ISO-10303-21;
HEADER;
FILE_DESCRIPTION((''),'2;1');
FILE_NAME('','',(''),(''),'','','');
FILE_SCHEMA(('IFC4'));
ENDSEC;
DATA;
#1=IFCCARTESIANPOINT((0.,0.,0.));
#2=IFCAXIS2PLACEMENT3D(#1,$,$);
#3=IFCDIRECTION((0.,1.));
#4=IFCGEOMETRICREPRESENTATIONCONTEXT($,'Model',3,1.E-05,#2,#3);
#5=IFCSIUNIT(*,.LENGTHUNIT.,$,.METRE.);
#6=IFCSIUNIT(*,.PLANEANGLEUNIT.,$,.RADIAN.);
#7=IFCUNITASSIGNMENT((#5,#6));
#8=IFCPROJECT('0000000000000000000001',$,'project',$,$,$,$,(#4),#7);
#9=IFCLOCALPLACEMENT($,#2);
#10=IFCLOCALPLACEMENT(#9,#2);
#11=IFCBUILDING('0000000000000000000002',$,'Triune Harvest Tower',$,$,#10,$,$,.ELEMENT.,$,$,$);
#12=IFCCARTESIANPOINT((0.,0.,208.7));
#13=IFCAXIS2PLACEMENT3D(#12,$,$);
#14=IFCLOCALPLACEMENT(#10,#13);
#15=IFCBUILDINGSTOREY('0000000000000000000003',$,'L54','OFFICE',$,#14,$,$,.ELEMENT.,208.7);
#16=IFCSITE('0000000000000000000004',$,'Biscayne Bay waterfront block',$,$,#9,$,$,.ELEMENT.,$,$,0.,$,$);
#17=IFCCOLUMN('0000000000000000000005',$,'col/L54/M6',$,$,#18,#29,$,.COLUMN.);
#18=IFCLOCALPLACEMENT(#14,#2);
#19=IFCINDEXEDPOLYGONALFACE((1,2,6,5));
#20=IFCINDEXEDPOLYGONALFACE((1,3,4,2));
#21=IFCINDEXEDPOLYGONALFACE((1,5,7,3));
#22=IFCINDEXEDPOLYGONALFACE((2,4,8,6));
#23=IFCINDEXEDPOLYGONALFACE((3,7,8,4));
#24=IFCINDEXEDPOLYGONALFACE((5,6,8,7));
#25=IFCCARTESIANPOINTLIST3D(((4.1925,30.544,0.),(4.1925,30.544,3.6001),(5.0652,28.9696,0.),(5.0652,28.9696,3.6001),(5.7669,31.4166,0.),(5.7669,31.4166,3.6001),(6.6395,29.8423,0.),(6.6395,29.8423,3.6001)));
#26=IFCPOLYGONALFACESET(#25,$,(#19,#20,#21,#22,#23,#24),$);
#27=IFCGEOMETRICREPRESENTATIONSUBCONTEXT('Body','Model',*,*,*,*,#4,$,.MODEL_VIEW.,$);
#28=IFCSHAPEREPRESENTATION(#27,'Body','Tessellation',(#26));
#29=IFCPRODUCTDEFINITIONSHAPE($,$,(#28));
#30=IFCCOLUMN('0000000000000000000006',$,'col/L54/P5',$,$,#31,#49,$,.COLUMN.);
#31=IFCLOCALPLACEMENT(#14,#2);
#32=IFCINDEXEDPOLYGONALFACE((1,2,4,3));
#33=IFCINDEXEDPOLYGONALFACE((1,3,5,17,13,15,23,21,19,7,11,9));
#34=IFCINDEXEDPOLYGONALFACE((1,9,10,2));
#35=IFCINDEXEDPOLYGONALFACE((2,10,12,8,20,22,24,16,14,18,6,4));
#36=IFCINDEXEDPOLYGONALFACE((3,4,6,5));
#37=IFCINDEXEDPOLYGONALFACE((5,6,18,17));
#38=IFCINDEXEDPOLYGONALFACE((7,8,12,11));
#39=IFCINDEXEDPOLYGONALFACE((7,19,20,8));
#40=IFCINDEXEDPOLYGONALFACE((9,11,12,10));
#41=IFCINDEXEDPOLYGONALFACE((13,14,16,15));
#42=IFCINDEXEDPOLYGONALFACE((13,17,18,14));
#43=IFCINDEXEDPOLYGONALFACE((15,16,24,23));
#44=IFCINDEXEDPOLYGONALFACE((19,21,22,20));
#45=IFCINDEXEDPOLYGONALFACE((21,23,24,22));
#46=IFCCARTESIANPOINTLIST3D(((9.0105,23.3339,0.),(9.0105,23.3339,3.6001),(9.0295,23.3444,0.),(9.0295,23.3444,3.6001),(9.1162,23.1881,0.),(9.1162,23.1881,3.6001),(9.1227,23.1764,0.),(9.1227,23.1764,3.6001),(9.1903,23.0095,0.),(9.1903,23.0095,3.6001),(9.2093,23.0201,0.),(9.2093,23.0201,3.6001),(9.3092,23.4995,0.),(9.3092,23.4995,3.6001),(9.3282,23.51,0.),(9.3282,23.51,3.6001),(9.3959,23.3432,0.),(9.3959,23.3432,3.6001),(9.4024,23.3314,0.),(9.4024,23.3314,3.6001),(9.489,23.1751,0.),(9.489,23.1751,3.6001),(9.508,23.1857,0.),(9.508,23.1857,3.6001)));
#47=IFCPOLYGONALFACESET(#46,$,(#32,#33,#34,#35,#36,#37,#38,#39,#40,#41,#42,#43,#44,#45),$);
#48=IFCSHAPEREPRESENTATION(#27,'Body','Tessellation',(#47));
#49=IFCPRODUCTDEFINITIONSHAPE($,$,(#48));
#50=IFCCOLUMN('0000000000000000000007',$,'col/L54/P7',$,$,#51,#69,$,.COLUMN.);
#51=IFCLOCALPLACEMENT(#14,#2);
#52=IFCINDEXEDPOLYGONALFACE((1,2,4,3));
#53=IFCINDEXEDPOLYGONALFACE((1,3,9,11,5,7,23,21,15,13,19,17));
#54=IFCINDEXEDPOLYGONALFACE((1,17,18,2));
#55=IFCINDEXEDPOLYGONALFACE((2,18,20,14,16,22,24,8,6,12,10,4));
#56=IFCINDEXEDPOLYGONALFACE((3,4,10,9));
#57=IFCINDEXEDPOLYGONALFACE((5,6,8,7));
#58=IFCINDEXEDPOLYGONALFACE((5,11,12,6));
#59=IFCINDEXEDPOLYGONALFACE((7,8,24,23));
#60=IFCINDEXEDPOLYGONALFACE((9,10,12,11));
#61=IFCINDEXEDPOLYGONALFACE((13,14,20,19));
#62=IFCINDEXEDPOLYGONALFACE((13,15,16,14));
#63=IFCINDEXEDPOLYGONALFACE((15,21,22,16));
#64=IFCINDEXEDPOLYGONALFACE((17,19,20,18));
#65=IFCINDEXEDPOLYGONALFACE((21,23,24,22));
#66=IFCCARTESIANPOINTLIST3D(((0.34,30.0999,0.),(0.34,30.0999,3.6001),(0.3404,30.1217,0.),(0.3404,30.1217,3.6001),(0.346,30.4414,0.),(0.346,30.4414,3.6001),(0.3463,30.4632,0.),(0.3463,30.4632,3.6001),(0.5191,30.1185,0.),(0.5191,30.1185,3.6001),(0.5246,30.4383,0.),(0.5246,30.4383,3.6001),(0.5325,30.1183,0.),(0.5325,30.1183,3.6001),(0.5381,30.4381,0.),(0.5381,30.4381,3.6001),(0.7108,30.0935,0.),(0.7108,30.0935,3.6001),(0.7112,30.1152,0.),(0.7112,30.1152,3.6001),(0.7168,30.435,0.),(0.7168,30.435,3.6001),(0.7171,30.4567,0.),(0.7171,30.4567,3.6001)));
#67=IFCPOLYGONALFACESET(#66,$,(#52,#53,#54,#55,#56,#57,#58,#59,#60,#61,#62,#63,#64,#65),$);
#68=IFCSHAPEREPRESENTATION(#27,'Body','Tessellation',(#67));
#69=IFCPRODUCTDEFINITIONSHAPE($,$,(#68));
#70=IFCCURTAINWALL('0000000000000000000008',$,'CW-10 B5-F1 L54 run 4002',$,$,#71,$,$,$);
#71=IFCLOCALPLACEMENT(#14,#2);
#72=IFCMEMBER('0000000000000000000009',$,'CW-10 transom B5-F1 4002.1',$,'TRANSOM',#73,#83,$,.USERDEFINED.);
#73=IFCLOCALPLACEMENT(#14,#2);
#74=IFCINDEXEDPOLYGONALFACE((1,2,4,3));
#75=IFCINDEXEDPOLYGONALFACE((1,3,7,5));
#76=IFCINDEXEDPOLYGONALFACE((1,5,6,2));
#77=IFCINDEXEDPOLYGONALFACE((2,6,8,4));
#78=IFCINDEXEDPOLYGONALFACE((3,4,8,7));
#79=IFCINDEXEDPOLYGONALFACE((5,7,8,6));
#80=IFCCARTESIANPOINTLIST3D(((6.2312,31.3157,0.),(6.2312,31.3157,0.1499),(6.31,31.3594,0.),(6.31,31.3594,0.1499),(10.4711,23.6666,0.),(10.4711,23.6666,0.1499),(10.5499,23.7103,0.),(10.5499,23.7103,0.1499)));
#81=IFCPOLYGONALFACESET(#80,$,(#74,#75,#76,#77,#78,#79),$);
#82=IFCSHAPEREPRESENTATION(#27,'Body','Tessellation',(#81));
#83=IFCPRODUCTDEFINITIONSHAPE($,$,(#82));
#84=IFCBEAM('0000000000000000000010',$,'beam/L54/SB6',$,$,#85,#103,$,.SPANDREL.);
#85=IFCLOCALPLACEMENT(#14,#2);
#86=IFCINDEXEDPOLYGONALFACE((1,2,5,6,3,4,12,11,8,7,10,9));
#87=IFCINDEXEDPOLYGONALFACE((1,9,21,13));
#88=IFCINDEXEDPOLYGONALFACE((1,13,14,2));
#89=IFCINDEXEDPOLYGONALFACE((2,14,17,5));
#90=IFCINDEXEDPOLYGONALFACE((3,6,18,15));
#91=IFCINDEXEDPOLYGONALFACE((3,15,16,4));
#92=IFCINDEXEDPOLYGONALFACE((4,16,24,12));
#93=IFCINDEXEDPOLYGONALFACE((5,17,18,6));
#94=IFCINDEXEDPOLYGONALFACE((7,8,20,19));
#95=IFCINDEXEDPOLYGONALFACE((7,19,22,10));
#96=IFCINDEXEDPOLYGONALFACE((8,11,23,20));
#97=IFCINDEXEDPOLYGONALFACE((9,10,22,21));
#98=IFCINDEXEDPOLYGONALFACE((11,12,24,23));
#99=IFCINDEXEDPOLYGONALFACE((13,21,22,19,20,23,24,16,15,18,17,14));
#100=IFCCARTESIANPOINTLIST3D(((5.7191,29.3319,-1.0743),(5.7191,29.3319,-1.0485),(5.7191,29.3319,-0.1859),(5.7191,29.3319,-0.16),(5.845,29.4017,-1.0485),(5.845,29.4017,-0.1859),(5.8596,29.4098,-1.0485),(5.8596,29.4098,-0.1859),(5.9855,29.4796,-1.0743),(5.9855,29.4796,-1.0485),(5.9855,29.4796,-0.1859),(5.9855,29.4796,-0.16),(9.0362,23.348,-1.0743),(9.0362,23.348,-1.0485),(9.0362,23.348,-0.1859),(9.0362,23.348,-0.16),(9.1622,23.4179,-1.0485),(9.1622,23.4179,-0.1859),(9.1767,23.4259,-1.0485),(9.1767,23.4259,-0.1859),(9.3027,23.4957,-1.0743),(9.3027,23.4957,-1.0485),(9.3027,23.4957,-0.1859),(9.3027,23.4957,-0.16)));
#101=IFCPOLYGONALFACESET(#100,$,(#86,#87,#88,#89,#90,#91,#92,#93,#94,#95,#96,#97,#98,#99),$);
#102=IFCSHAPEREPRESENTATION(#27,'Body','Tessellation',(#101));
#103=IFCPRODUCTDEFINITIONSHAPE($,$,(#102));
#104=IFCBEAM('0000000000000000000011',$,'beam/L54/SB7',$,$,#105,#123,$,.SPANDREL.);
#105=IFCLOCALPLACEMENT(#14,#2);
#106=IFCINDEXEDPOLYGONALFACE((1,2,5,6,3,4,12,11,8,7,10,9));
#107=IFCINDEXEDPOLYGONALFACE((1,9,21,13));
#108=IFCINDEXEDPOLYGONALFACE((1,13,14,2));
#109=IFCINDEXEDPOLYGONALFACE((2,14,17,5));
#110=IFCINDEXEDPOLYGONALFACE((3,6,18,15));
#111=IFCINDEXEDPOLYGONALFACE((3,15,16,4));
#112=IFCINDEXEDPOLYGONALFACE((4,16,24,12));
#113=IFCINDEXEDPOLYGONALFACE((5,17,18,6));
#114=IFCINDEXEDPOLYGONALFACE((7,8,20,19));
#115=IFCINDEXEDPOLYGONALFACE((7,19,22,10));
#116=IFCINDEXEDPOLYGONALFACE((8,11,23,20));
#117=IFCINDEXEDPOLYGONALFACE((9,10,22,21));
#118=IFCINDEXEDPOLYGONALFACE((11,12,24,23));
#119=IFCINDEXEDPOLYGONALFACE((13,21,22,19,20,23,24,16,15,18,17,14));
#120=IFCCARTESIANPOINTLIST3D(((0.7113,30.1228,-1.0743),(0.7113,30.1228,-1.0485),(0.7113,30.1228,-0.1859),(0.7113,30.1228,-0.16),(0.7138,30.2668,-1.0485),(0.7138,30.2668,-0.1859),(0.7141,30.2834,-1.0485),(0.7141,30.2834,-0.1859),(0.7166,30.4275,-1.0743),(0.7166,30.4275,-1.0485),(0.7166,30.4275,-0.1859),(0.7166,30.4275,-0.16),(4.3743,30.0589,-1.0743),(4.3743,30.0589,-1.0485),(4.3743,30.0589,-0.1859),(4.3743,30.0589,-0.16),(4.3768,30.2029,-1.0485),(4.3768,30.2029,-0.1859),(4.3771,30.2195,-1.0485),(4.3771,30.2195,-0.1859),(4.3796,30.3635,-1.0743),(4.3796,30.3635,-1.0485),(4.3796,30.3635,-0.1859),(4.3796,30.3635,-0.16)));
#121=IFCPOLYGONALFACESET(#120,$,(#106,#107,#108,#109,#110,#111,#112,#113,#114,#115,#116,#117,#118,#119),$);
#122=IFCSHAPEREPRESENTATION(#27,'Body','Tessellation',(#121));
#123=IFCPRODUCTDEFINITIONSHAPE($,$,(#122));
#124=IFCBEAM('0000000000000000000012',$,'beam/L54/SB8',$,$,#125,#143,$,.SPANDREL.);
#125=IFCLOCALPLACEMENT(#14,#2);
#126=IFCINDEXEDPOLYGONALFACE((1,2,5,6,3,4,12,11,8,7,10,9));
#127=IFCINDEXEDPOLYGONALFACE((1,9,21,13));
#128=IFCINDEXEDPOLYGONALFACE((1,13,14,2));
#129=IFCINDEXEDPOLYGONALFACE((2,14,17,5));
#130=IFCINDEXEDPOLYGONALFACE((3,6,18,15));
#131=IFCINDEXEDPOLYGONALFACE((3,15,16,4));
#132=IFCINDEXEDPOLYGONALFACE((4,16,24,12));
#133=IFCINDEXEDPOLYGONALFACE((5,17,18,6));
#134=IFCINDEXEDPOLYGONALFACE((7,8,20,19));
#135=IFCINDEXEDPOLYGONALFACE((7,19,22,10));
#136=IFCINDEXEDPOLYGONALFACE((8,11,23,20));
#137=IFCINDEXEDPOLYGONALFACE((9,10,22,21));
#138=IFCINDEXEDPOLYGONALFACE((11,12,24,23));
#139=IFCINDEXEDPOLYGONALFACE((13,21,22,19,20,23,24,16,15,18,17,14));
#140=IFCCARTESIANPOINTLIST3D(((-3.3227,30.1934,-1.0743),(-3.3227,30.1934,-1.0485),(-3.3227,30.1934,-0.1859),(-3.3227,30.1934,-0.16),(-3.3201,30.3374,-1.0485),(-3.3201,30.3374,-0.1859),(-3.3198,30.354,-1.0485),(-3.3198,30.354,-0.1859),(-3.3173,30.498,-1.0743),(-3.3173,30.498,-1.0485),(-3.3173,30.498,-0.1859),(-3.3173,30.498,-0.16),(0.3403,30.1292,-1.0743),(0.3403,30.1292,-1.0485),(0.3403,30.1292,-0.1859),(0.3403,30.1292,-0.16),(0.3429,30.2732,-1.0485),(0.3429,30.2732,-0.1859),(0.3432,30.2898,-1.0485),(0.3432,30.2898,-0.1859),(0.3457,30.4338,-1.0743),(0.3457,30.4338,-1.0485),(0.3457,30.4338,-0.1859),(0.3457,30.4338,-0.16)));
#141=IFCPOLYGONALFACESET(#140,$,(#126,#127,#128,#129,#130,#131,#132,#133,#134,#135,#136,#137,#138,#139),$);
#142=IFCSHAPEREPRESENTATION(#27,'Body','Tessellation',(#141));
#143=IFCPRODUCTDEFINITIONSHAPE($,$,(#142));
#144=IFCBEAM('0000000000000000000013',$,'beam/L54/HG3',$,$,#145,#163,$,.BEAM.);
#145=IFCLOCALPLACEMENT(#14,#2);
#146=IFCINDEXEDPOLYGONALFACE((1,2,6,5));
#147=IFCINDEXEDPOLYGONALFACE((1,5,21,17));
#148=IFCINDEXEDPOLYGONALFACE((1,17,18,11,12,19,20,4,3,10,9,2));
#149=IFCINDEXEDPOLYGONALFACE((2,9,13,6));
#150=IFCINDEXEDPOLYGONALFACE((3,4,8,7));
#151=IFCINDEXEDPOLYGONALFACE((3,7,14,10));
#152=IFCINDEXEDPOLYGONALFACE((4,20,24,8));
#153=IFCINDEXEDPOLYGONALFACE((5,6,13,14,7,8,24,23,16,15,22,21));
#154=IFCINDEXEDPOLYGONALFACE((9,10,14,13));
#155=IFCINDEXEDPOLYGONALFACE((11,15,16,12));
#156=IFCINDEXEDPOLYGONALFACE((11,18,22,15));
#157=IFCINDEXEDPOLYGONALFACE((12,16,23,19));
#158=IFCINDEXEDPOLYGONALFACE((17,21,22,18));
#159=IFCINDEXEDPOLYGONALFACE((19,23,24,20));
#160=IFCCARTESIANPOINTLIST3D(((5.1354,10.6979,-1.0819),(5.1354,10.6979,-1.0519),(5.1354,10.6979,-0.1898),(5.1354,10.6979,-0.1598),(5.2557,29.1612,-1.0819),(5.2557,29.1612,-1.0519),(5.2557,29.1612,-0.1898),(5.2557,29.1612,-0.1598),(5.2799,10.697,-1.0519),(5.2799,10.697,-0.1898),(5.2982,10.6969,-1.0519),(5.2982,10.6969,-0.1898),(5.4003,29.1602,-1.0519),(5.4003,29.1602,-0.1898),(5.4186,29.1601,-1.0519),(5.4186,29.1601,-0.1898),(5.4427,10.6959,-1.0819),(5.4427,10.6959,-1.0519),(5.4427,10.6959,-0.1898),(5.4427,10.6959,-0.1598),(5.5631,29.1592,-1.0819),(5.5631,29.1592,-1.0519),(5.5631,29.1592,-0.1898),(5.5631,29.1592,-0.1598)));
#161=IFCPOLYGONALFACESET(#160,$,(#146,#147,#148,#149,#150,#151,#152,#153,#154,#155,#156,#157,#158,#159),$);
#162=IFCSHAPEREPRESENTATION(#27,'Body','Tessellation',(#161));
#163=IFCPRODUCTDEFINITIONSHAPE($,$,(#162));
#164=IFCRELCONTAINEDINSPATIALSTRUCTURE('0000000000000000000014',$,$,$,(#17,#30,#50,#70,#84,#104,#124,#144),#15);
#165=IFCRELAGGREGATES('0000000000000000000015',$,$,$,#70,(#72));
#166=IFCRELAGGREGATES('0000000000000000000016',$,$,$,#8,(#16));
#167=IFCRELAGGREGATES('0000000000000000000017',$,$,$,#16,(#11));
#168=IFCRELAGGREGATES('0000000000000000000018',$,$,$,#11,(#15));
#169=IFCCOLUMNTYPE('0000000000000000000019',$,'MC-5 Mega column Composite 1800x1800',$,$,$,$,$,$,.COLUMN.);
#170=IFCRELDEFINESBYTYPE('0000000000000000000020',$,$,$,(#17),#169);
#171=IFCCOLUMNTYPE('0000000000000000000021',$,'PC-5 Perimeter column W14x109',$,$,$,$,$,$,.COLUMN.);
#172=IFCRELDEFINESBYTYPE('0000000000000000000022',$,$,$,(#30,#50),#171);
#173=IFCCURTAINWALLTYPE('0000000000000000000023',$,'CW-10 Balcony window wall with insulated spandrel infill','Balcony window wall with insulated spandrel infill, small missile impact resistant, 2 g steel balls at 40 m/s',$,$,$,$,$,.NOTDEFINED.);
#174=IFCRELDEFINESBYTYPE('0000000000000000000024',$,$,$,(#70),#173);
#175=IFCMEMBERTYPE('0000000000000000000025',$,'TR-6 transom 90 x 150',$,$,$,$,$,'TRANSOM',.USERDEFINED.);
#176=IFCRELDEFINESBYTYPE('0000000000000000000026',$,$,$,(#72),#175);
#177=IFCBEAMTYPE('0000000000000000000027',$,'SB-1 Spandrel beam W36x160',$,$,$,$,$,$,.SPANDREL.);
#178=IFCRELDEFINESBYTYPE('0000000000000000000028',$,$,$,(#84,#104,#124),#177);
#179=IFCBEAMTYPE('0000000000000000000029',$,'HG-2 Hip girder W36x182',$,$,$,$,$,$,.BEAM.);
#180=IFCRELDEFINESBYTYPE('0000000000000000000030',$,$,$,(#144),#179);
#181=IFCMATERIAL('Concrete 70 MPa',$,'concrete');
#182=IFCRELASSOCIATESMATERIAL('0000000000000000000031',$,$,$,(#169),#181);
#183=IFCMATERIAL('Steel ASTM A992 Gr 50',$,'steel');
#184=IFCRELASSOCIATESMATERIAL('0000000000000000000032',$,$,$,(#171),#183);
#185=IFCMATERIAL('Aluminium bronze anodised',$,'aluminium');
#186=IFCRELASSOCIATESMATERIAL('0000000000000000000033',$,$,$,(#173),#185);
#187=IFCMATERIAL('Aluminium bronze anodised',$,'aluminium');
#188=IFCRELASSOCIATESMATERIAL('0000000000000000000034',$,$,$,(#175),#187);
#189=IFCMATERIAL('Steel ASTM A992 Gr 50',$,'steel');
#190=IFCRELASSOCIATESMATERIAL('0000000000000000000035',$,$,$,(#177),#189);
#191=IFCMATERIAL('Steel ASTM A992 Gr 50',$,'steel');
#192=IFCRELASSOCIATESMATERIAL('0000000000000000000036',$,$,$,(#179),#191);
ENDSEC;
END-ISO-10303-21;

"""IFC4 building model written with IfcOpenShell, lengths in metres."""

from ifc_helpers import new_model, si_unit, direction, frame, origin, origin_2d, place, context, subcontext, project, spatial, rectangle, i_section, extrude, source, transform, mapped, material, material_profile, profile_set, type_object, element, aggregate, save


model = new_model("IFC4")

# Units and contexts
model_context = context("Model", 3, precision=1e-05, world=origin(), true_north=direction((0.0, 1.0)))
body_context = subcontext(model_context, "Body", "Model", "MODEL_VIEW")
ifc_project = project(units=[si_unit("LENGTHUNIT", "METRE"), si_unit("PLANEANGLEUNIT", "RADIAN")], contexts=[model_context])

# Site, building, storey
site_placement = place(None, origin())
site = spatial("IfcSite", under=ifc_project, at=site_placement, Name="Biscayne Bay waterfront block", CompositionType="ELEMENT", RefElevation=0.0)
building_placement = place(site_placement, origin())
building = spatial("IfcBuilding", under=site, at=building_placement, Name="Triune Harvest Tower", CompositionType="ELEMENT")
storey_placement = place(building_placement, frame((0.0, 0.0, 208.7)))
storey = spatial("IfcBuildingStorey", under=building, at=storey_placement, Name="L54", Description="OFFICE", CompositionType="ELEMENT", Elevation=208.7)

# Columns
ifc_material_1 = material(Name="Concrete 70 MPa", Category="concrete")
ifc_material_profile_1 = material_profile(ifc_material_1, rectangle(XDim=1.8, YDim=1.8, at=origin_2d()), Name="Composite 1800x1800")
ifc_profile_set_1 = profile_set([ifc_material_profile_1], Name="Concrete 70 MPa")
column_type_1 = type_object("IfcColumnType", Name="MC-5 Mega column Composite 1800x1800", PredefinedType="COLUMN", material=ifc_profile_set_1)
shared_shape_1 = source(origin(), body_context, "Body", "SweptSolid", [
    extrude(rectangle(XDim=1.8, YDim=1.8, at=origin_2d()), origin(), (0.0, 0.0, 1.0), 3.6001),
])
column_placement = place(storey_placement, frame((5.416, 30.1931, 0.0), z_axis=(0.0, 0.0, 1.0), x_axis=(-0.48481, 0.87462, 0.0)))
element("IfcColumn", 1, at=column_placement, inside=storey, type_object=column_type_1, Name="col/L54/M6", PredefinedType="COLUMN", context=body_context, shape_type="MappedRepresentation", body=[
    mapped(shared_shape_1, transform((0.0, 0.0, 0.0), scale=1.0)),
])
ifc_material_2 = material(Name="Steel ASTM A992 Gr 50", Category="steel")
ifc_material_profile_2 = material_profile(ifc_material_2, i_section(OverallWidth=0.3708, OverallDepth=0.3633, WebThickness=0.0134, FlangeThickness=0.0217, at=origin_2d()), Name="W14x109")
ifc_profile_set_2 = profile_set([ifc_material_profile_2], Name="Steel ASTM A992 Gr 50")
column_type_2 = type_object("IfcColumnType", Name="PC-5 Perimeter column W14x109", PredefinedType="COLUMN", material=ifc_profile_set_2)
shared_shape_2 = source(origin(), body_context, "Body", "SweptSolid", [
    extrude(i_section(OverallWidth=0.3708, OverallDepth=0.3633, WebThickness=0.0134, FlangeThickness=0.0217, at=origin_2d()), origin(), (0.0, 0.0, 1.0), 3.6001),
])
for number, where, z_axis, x_axis, name in (
    (2, (9.2593, 23.2598, 0.0), (0.0, 0.0, 1.0), (-0.48481, 0.87462, 0.0), "col/L54/P5"),
    (3, (0.5286, 30.2783, 0.0), (0.0, 0.0, 1.0), (-0.999848, 0.017451, 0.0), "col/L54/P7"),
):
    element("IfcColumn", number, at=place(storey_placement, frame(where, z_axis=z_axis, x_axis=x_axis)), inside=storey, type_object=column_type_2, Name=name, PredefinedType="COLUMN", context=body_context, shape_type="MappedRepresentation", body=[
        mapped(shared_shape_2, transform((0.0, 0.0, 0.0), scale=1.0)),
    ])

# Curtain wall, member
ifc_material_3 = material(Name="Aluminium bronze anodised", Category="aluminium")
curtain_wall_type_1 = type_object("IfcCurtainWallType", Name="CW-10 Balcony window wall with insulated spandrel infill", Description="Balcony window wall with insulated spandrel infill, small missile impact resistant, 2 g steel balls at 40 m/s", PredefinedType="NOTDEFINED", material=ifc_material_3)
curtain_wall_1_placement = place(storey_placement, origin())
curtain_wall_1 = element("IfcCurtainWall", 4, at=curtain_wall_1_placement, inside=storey, type_object=curtain_wall_type_1, Name="CW-10 B5-F1 L54 run 4002")
ifc_material_4 = material(Name="Aluminium bronze anodised", Category="aluminium")
ifc_material_profile_3 = material_profile(ifc_material_4, rectangle(XDim=0.0901, YDim=0.1499, at=origin_2d()), Name="TR-6 transom 90 x 150")
ifc_profile_set_3 = profile_set([ifc_material_profile_3], Name="Aluminium bronze anodised")
member_type_1 = type_object("IfcMemberType", Name="TR-6 transom 90 x 150", ElementType="TRANSOM", PredefinedType="USERDEFINED", material=ifc_profile_set_3)
member_1_placement = place(storey_placement, frame((10.5105, 23.6885, 0.075), z_axis=(-0.484808, 0.87462, 0.0), x_axis=(-0.87462, -0.484808, 0.0)))
member_1 = element("IfcMember", 5, at=member_1_placement, type_object=member_type_1, Name="CW-10 transom B5-F1 4002.1", ObjectType="TRANSOM", PredefinedType="USERDEFINED", context=body_context, shape_type="SweptSolid", body=[
    extrude(rectangle(XDim=0.0901, YDim=0.1499, at=origin_2d()), origin(), (0.0, 0.0, 1.0), 8.7456),
])

# Beams
ifc_material_5 = material(Name="Steel ASTM A992 Gr 50", Category="steel")
ifc_material_profile_4 = material_profile(ifc_material_5, i_section(OverallWidth=0.3047, OverallDepth=0.9143, WebThickness=0.0166, FlangeThickness=0.0259, at=origin_2d()), Name="W36x160")
ifc_profile_set_4 = profile_set([ifc_material_profile_4], Name="Steel ASTM A992 Gr 50")
beam_type_1 = type_object("IfcBeamType", Name="SB-1 Spandrel beam W36x160", PredefinedType="SPANDREL", material=ifc_profile_set_4)
shared_shape_3 = source(origin(), body_context, "Body", "SweptSolid", [
    extrude(i_section(OverallWidth=0.3047, OverallDepth=0.9143, WebThickness=0.0166, FlangeThickness=0.0259, at=origin_2d()), origin(), (0.0, 0.0, 1.0), 6.8418),
])
beam_1_placement = place(storey_placement, frame((9.1694, 23.4219, -0.6172), z_axis=(-0.484834, 0.874606, 0.0), x_axis=(-0.874606, -0.484834, 0.0)))
element("IfcBeam", 6, at=beam_1_placement, inside=storey, type_object=beam_type_1, Name="beam/L54/SB6", PredefinedType="SPANDREL", context=body_context, shape_type="MappedRepresentation", body=[
    mapped(shared_shape_3, transform((0.0, 0.0, 0.0), scale=1.0)),
])
shared_shape_4 = source(origin(), body_context, "Body", "SweptSolid", [
    extrude(i_section(OverallWidth=0.3047, OverallDepth=0.9143, WebThickness=0.0166, FlangeThickness=0.0259, at=origin_2d()), origin(), (0.0, 0.0, 1.0), 3.6636),
])
for number, where, z_axis, x_axis, name in (
    (7, (4.377, 30.2112, -0.6172), (-0.999848, 0.017459, 0.0), (-0.017459, -0.999848, 0.0), "beam/L54/SB7"),
    (8, (0.343, 30.2815, -0.6172), (-0.999846, 0.017526, 0.0), (-0.017526, -0.999846, 0.0), "beam/L54/SB8"),
):
    element("IfcBeam", number, at=place(storey_placement, frame(where, z_axis=z_axis, x_axis=x_axis)), inside=storey, type_object=beam_type_1, Name=name, PredefinedType="SPANDREL", context=body_context, shape_type="MappedRepresentation", body=[
        mapped(shared_shape_4, transform((0.0, 0.0, 0.0), scale=1.0)),
    ])
ifc_material_6 = material(Name="Steel ASTM A992 Gr 50", Category="steel")
ifc_material_profile_5 = material_profile(ifc_material_6, i_section(OverallWidth=0.3074, OverallDepth=0.9221, WebThickness=0.0183, FlangeThickness=0.03, at=origin_2d()), Name="W36x182")
ifc_profile_set_5 = profile_set([ifc_material_profile_5], Name="Steel ASTM A992 Gr 50")
beam_type_2 = type_object("IfcBeamType", Name="HG-2 Hip girder W36x182", PredefinedType="BEAM", material=ifc_profile_set_5)
shared_shape_5 = source(origin(), body_context, "Body", "SweptSolid", [
    extrude(i_section(OverallWidth=0.3074, OverallDepth=0.9221, WebThickness=0.0183, FlangeThickness=0.03, at=origin_2d()), origin(), (0.0, 0.0, 1.0), 18.4636),
])
beam_2_placement = place(storey_placement, frame((5.4094, 29.1602, -0.6208), z_axis=(-0.006519, -0.999979, 0.0), x_axis=(0.999979, -0.006519, 0.0)))
element("IfcBeam", 9, at=beam_2_placement, inside=storey, type_object=beam_type_2, Name="beam/L54/HG3", PredefinedType="BEAM", context=body_context, shape_type="MappedRepresentation", body=[
    mapped(shared_shape_5, transform((0.0, 0.0, 0.0), scale=1.0)),
])

aggregate(curtain_wall_1, [member_1])

save(model, "model.ifc")
